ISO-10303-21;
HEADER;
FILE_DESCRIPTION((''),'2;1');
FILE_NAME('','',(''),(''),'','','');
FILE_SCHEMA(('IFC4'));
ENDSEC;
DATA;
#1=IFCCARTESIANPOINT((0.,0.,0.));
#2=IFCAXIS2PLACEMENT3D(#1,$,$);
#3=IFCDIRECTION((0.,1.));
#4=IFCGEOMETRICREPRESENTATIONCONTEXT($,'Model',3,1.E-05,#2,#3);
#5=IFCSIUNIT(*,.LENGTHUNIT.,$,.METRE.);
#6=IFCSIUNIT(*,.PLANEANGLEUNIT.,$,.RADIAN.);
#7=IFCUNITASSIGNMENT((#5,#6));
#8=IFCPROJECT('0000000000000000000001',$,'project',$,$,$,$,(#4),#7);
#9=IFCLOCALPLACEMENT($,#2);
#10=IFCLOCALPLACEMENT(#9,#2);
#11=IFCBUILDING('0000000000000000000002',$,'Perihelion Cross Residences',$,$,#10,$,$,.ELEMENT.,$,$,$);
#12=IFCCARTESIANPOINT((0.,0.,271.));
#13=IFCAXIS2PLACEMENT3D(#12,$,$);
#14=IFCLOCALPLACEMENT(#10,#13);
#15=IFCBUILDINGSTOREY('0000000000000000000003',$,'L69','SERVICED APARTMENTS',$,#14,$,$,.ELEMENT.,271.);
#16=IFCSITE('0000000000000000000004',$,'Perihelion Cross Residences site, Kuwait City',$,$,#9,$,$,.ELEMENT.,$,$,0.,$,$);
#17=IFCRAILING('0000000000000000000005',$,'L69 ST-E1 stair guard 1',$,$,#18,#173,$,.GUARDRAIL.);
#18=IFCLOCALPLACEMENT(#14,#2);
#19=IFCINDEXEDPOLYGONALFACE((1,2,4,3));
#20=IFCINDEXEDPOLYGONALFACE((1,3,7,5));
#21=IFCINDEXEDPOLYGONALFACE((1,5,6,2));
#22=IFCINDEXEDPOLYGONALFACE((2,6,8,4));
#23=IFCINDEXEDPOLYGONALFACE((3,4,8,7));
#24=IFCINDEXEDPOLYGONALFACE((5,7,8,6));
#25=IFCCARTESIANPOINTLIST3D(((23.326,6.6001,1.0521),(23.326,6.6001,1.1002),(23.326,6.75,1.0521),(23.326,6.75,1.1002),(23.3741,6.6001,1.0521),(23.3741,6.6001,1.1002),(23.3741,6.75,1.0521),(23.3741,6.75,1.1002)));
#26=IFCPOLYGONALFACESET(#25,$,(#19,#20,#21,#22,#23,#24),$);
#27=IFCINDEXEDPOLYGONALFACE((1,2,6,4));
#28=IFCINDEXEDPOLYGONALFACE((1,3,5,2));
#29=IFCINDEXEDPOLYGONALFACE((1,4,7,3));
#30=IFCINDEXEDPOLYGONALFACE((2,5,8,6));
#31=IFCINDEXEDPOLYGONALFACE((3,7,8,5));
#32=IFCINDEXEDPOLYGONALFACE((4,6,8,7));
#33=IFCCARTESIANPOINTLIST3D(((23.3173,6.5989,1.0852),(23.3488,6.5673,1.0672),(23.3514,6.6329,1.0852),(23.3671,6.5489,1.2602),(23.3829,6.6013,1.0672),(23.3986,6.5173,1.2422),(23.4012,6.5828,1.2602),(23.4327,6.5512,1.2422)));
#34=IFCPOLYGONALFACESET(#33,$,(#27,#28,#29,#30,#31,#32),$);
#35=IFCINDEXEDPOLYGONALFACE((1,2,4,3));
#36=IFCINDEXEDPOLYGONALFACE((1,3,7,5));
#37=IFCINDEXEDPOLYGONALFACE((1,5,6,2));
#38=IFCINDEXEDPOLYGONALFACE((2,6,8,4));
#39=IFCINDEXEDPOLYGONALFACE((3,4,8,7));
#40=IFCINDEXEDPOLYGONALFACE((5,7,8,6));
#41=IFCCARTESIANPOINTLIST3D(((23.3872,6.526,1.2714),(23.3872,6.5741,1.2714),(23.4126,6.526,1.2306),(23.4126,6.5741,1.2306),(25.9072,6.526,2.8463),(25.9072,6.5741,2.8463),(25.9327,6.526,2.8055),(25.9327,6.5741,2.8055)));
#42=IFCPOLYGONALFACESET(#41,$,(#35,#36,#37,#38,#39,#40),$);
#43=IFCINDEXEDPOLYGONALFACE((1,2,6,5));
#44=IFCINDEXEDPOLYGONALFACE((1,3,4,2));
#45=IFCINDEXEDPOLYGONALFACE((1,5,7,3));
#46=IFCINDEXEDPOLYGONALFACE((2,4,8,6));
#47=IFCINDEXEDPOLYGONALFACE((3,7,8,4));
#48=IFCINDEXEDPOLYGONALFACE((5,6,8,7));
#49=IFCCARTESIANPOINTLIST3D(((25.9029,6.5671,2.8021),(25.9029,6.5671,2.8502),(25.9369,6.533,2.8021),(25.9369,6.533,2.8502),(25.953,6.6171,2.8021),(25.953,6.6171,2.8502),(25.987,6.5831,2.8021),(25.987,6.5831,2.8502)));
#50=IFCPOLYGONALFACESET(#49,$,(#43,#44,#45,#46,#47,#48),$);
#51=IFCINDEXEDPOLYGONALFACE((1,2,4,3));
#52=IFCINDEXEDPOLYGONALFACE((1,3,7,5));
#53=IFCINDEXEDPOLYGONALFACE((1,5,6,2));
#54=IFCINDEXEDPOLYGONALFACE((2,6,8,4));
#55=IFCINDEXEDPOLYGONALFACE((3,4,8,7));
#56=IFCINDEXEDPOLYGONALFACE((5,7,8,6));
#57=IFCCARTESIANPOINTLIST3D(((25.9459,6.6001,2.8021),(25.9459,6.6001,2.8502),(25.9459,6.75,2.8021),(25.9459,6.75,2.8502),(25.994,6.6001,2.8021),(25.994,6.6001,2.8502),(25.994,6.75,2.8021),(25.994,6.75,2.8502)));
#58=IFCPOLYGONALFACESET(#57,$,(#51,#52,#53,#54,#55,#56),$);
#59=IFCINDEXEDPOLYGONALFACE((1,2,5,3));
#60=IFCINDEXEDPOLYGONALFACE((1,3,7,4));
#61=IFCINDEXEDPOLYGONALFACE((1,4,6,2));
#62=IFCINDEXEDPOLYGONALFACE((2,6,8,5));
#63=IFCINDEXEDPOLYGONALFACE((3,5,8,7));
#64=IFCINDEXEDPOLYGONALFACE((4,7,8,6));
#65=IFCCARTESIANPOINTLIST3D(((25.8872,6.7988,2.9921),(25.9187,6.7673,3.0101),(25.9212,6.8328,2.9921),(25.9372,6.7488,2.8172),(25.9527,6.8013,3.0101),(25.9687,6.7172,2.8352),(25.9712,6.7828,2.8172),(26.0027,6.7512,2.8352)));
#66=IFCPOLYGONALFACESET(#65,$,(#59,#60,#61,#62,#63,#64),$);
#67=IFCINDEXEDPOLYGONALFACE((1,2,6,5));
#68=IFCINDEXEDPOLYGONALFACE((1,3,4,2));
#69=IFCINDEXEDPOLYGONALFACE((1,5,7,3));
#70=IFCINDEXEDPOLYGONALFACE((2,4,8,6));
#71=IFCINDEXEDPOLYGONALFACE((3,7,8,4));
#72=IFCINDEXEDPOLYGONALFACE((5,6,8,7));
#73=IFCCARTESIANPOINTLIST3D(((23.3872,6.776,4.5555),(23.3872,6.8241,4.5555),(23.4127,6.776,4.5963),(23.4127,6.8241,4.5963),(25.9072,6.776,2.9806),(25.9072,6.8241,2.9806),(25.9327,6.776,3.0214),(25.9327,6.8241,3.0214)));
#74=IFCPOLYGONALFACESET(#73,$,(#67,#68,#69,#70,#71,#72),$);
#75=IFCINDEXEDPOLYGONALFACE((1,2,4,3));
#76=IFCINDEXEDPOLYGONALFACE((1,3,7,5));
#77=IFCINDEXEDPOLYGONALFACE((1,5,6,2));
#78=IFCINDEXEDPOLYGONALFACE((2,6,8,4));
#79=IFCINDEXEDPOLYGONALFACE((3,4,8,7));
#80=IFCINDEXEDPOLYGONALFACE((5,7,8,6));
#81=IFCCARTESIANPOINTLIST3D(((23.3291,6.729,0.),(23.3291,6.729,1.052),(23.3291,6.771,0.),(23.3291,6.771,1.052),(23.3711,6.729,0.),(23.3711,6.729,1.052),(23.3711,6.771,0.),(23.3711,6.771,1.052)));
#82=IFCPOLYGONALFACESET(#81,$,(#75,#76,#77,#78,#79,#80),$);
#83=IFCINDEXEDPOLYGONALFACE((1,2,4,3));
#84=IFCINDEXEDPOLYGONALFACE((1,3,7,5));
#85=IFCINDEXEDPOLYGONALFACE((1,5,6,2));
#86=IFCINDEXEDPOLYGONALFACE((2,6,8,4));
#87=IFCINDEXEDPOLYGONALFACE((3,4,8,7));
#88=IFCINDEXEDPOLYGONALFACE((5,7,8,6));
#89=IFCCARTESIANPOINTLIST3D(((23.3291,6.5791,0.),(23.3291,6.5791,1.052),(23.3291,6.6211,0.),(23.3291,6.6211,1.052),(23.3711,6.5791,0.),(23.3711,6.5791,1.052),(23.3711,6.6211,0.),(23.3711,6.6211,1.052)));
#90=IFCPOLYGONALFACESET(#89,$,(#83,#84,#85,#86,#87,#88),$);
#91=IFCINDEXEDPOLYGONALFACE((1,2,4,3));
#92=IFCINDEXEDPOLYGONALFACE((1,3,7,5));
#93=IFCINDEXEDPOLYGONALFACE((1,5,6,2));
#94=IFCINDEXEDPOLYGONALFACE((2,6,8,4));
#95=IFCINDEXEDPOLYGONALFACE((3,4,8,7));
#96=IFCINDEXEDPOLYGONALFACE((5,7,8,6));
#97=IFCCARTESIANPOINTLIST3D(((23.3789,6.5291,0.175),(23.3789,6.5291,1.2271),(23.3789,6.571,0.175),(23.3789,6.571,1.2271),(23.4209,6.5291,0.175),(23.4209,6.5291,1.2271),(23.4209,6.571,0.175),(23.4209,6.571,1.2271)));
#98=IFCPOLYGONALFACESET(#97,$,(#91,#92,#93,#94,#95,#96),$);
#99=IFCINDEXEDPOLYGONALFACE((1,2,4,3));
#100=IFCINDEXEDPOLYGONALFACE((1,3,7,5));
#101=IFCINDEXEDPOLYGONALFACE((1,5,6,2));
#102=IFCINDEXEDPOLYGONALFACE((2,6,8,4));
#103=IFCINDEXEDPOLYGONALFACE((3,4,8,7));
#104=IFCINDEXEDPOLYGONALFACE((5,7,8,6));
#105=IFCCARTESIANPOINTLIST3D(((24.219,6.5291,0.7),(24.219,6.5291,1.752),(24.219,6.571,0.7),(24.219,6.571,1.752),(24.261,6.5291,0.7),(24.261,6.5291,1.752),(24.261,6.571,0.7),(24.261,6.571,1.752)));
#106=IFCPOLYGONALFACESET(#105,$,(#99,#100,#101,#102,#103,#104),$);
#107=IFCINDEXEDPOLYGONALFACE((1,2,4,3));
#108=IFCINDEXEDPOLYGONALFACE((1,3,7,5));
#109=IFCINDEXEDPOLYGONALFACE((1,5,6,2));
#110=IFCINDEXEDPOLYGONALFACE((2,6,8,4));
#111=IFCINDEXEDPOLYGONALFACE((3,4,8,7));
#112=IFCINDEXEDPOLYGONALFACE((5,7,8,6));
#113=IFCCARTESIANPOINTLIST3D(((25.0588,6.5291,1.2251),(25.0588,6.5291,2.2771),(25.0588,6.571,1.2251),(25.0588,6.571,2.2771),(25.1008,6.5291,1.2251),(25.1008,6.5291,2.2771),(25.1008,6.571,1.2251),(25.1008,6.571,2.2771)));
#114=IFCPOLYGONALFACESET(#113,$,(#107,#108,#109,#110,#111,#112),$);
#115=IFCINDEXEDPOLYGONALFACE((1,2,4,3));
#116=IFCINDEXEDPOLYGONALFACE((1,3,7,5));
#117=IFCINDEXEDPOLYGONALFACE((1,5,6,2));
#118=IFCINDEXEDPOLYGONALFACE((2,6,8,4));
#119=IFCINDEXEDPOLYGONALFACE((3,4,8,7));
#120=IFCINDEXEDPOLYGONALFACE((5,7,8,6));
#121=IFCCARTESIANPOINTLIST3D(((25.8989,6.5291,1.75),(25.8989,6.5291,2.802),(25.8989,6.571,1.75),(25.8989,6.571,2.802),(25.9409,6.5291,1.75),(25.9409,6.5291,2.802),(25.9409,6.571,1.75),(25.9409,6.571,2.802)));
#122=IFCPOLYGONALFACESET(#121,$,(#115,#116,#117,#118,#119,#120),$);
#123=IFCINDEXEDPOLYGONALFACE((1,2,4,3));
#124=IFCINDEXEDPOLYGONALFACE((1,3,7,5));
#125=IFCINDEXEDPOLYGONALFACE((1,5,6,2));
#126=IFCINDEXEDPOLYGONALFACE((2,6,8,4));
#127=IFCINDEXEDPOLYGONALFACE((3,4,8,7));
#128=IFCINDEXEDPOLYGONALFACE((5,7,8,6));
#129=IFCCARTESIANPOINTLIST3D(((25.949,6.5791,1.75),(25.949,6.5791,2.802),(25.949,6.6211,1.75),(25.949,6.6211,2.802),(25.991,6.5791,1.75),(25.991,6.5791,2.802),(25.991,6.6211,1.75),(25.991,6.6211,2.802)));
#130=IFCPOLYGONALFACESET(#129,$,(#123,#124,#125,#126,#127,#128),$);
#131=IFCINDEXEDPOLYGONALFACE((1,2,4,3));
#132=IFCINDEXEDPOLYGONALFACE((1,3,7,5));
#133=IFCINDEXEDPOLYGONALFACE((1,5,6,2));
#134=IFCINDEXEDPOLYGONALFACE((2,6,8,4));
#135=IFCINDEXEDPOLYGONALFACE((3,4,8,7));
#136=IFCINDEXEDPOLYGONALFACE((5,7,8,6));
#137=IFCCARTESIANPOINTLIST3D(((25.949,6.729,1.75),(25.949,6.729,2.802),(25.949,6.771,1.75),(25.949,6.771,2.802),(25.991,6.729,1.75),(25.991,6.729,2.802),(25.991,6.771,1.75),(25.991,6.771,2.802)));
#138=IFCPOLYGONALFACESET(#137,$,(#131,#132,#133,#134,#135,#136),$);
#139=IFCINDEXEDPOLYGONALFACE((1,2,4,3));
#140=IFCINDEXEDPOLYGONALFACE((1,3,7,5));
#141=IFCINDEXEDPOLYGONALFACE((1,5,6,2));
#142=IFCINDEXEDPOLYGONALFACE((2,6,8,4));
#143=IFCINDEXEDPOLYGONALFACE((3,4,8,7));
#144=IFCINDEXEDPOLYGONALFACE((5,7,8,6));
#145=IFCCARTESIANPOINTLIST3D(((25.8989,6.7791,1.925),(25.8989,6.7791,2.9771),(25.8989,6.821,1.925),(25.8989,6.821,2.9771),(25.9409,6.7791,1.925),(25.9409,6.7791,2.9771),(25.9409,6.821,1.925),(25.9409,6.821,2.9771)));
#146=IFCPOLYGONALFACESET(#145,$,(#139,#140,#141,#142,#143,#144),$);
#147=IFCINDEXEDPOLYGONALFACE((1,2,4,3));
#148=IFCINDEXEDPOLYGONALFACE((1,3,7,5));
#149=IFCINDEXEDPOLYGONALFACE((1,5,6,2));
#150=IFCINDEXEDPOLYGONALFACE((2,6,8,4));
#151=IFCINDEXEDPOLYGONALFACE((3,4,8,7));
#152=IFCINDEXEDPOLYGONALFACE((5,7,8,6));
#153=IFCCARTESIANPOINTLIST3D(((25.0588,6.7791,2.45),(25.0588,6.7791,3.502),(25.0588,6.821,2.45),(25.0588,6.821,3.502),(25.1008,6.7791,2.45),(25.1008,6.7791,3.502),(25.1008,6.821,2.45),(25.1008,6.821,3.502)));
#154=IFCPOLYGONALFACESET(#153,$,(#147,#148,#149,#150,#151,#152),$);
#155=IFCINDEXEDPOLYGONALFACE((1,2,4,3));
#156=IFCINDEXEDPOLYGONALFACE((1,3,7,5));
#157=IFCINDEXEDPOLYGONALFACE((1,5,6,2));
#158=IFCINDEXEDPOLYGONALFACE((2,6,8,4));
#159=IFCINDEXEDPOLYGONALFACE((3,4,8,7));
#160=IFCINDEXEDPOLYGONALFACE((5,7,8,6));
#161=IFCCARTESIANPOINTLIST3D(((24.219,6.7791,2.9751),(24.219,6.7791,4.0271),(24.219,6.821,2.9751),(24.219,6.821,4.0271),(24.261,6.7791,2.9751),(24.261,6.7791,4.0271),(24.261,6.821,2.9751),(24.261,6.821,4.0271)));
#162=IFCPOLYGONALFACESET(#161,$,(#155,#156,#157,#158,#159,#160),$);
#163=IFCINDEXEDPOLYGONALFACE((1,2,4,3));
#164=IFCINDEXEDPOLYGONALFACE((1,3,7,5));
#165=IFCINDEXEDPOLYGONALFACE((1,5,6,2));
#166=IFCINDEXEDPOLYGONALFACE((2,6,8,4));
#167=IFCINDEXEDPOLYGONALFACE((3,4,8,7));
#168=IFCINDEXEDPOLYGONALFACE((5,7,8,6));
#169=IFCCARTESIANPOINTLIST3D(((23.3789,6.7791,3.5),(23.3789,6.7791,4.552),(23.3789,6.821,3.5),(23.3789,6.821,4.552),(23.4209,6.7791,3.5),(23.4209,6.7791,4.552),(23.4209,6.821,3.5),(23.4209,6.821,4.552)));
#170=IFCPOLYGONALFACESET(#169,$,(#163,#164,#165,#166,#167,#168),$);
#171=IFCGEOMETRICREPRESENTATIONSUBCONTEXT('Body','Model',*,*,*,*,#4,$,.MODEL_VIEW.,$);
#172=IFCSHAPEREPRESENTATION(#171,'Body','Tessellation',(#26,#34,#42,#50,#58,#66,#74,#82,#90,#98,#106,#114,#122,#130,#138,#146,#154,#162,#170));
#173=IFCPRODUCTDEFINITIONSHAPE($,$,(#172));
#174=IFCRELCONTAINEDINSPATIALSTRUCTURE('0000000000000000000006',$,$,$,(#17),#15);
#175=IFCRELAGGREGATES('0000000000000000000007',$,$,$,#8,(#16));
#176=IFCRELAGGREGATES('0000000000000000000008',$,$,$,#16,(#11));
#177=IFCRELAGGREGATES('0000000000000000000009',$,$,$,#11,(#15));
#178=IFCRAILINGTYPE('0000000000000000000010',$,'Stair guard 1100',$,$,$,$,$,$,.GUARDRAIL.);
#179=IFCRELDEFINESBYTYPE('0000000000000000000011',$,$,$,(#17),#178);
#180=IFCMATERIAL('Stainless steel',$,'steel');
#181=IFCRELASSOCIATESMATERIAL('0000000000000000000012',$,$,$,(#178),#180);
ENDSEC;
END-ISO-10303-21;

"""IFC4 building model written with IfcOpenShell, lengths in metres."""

from ifc_helpers import new_model, si_unit, direction, frame, origin, origin_2d, place, context, subcontext, project, spatial, rectangle, extrude, material, type_object, element, save


model = new_model("IFC4")

# Units and contexts
model_context = context("Model", 3, precision=1e-05, world=origin(), true_north=direction((0.0, 1.0)))
body_context = subcontext(model_context, "Body", "Model", "MODEL_VIEW")
ifc_project = project(units=[si_unit("LENGTHUNIT", "METRE"), si_unit("PLANEANGLEUNIT", "RADIAN")], contexts=[model_context])

# Site, building, storey
site_placement = place(None, origin())
site = spatial("IfcSite", under=ifc_project, at=site_placement, Name="Perihelion Cross Residences site, Kuwait City", CompositionType="ELEMENT", RefElevation=0.0)
building_placement = place(site_placement, origin())
building = spatial("IfcBuilding", under=site, at=building_placement, Name="Perihelion Cross Residences", CompositionType="ELEMENT")
storey_placement = place(building_placement, frame((0.0, 0.0, 271.0)))
storey = spatial("IfcBuildingStorey", under=building, at=storey_placement, Name="L69", Description="SERVICED APARTMENTS", CompositionType="ELEMENT", Elevation=271.0)

# Railing
ifc_material_1 = material(Name="Stainless steel", Category="steel")
railing_type_1 = type_object("IfcRailingType", Name="Stair guard 1100", PredefinedType="GUARDRAIL", material=ifc_material_1)
railing_1_placement = place(storey_placement, frame((23.3501, 6.75, 0.0)))
element("IfcRailing", 1, at=railing_1_placement, inside=storey, type_object=railing_type_1, Name="L69 ST-E1 stair guard 1", PredefinedType="GUARDRAIL", context=body_context, shape_type="SweptSolid", body=[
    extrude(rectangle(XDim=0.0481, YDim=0.0481, at=origin_2d()), frame((0.0, 0.0, 1.0762), z_axis=(0.0, -1.0, 0.0), x_axis=(1.0, 0.0, 0.0)), (0.0, 0.0, 1.0), 0.1499),
    extrude(rectangle(XDim=0.0481, YDim=0.0481, at=origin_2d()), frame((0.0, -0.1499, 1.0762), z_axis=(0.263862, -0.265156, 0.927399), x_axis=(0.708834, 0.705376, 0.0)), (0.0, 0.0, 1.0), 0.1887),
    extrude(rectangle(XDim=0.0481, YDim=0.0481, at=origin_2d()), frame((0.0498, -0.2, 1.251), z_axis=(0.848008, 0.0, 0.529984), x_axis=(0.0, 1.0, 0.0)), (0.0, 0.0, 1.0), 2.9717),
    extrude(rectangle(XDim=0.0481, YDim=0.0481, at=origin_2d()), frame((2.5698, -0.2, 2.8262), z_axis=(0.707107, 0.707107, 0.0), x_axis=(-0.707107, 0.707107, 0.0)), (0.0, 0.0, 1.0), 0.0708),
    extrude(rectangle(XDim=0.0481, YDim=0.0481, at=origin_2d()), frame((2.6199, -0.1499, 2.8262), z_axis=(0.0, 1.0, 0.0), x_axis=(-1.0, 0.0, 0.0)), (0.0, 0.0, 1.0), 0.1499),
    extrude(rectangle(XDim=0.0481, YDim=0.0481, at=origin_2d()), frame((2.6199, 0.0, 2.8262), z_axis=(-0.265065, 0.265065, 0.927082), x_axis=(-0.707107, -0.707107, 0.0)), (0.0, 0.0, 1.0), 0.1887),
    extrude(rectangle(XDim=0.0481, YDim=0.0481, at=origin_2d()), frame((2.5698, 0.05, 3.001), z_axis=(-0.848008, 0.0, 0.529984), x_axis=(0.0, -1.0, 0.0)), (0.0, 0.0, 1.0), 2.9717),
    extrude(rectangle(XDim=0.042, YDim=0.042, at=origin_2d()), origin(), (0.0, 0.0, 1.0), 1.052),
    extrude(rectangle(XDim=0.042, YDim=0.042, at=origin_2d()), frame((0.0, -0.1499, 0.0)), (0.0, 0.0, 1.0), 1.052),
    extrude(rectangle(XDim=0.042, YDim=0.042, at=origin_2d()), frame((0.0498, -0.2, 0.175)), (0.0, 0.0, 1.0), 1.052),
    extrude(rectangle(XDim=0.042, YDim=0.042, at=origin_2d()), frame((0.8899, -0.2, 0.7)), (0.0, 0.0, 1.0), 1.052),
    extrude(rectangle(XDim=0.042, YDim=0.042, at=origin_2d()), frame((1.7297, -0.2, 1.2251)), (0.0, 0.0, 1.0), 1.052),
    extrude(rectangle(XDim=0.042, YDim=0.042, at=origin_2d()), frame((2.5698, -0.2, 1.75)), (0.0, 0.0, 1.0), 1.052),
    extrude(rectangle(XDim=0.042, YDim=0.042, at=origin_2d()), frame((2.6199, -0.1499, 1.75)), (0.0, 0.0, 1.0), 1.052),
    extrude(rectangle(XDim=0.042, YDim=0.042, at=origin_2d()), frame((2.6199, 0.0, 1.75)), (0.0, 0.0, 1.0), 1.052),
    extrude(rectangle(XDim=0.042, YDim=0.042, at=origin_2d()), frame((2.5698, 0.05, 1.925)), (0.0, 0.0, 1.0), 1.052),
    extrude(rectangle(XDim=0.042, YDim=0.042, at=origin_2d()), frame((1.7297, 0.05, 2.45)), (0.0, 0.0, 1.0), 1.052),
    extrude(rectangle(XDim=0.042, YDim=0.042, at=origin_2d()), frame((0.8899, 0.05, 2.9751)), (0.0, 0.0, 1.0), 1.052),
    extrude(rectangle(XDim=0.042, YDim=0.042, at=origin_2d()), frame((0.0498, 0.05, 3.5)), (0.0, 0.0, 1.0), 1.052),
])

save(model, "model.ifc")
